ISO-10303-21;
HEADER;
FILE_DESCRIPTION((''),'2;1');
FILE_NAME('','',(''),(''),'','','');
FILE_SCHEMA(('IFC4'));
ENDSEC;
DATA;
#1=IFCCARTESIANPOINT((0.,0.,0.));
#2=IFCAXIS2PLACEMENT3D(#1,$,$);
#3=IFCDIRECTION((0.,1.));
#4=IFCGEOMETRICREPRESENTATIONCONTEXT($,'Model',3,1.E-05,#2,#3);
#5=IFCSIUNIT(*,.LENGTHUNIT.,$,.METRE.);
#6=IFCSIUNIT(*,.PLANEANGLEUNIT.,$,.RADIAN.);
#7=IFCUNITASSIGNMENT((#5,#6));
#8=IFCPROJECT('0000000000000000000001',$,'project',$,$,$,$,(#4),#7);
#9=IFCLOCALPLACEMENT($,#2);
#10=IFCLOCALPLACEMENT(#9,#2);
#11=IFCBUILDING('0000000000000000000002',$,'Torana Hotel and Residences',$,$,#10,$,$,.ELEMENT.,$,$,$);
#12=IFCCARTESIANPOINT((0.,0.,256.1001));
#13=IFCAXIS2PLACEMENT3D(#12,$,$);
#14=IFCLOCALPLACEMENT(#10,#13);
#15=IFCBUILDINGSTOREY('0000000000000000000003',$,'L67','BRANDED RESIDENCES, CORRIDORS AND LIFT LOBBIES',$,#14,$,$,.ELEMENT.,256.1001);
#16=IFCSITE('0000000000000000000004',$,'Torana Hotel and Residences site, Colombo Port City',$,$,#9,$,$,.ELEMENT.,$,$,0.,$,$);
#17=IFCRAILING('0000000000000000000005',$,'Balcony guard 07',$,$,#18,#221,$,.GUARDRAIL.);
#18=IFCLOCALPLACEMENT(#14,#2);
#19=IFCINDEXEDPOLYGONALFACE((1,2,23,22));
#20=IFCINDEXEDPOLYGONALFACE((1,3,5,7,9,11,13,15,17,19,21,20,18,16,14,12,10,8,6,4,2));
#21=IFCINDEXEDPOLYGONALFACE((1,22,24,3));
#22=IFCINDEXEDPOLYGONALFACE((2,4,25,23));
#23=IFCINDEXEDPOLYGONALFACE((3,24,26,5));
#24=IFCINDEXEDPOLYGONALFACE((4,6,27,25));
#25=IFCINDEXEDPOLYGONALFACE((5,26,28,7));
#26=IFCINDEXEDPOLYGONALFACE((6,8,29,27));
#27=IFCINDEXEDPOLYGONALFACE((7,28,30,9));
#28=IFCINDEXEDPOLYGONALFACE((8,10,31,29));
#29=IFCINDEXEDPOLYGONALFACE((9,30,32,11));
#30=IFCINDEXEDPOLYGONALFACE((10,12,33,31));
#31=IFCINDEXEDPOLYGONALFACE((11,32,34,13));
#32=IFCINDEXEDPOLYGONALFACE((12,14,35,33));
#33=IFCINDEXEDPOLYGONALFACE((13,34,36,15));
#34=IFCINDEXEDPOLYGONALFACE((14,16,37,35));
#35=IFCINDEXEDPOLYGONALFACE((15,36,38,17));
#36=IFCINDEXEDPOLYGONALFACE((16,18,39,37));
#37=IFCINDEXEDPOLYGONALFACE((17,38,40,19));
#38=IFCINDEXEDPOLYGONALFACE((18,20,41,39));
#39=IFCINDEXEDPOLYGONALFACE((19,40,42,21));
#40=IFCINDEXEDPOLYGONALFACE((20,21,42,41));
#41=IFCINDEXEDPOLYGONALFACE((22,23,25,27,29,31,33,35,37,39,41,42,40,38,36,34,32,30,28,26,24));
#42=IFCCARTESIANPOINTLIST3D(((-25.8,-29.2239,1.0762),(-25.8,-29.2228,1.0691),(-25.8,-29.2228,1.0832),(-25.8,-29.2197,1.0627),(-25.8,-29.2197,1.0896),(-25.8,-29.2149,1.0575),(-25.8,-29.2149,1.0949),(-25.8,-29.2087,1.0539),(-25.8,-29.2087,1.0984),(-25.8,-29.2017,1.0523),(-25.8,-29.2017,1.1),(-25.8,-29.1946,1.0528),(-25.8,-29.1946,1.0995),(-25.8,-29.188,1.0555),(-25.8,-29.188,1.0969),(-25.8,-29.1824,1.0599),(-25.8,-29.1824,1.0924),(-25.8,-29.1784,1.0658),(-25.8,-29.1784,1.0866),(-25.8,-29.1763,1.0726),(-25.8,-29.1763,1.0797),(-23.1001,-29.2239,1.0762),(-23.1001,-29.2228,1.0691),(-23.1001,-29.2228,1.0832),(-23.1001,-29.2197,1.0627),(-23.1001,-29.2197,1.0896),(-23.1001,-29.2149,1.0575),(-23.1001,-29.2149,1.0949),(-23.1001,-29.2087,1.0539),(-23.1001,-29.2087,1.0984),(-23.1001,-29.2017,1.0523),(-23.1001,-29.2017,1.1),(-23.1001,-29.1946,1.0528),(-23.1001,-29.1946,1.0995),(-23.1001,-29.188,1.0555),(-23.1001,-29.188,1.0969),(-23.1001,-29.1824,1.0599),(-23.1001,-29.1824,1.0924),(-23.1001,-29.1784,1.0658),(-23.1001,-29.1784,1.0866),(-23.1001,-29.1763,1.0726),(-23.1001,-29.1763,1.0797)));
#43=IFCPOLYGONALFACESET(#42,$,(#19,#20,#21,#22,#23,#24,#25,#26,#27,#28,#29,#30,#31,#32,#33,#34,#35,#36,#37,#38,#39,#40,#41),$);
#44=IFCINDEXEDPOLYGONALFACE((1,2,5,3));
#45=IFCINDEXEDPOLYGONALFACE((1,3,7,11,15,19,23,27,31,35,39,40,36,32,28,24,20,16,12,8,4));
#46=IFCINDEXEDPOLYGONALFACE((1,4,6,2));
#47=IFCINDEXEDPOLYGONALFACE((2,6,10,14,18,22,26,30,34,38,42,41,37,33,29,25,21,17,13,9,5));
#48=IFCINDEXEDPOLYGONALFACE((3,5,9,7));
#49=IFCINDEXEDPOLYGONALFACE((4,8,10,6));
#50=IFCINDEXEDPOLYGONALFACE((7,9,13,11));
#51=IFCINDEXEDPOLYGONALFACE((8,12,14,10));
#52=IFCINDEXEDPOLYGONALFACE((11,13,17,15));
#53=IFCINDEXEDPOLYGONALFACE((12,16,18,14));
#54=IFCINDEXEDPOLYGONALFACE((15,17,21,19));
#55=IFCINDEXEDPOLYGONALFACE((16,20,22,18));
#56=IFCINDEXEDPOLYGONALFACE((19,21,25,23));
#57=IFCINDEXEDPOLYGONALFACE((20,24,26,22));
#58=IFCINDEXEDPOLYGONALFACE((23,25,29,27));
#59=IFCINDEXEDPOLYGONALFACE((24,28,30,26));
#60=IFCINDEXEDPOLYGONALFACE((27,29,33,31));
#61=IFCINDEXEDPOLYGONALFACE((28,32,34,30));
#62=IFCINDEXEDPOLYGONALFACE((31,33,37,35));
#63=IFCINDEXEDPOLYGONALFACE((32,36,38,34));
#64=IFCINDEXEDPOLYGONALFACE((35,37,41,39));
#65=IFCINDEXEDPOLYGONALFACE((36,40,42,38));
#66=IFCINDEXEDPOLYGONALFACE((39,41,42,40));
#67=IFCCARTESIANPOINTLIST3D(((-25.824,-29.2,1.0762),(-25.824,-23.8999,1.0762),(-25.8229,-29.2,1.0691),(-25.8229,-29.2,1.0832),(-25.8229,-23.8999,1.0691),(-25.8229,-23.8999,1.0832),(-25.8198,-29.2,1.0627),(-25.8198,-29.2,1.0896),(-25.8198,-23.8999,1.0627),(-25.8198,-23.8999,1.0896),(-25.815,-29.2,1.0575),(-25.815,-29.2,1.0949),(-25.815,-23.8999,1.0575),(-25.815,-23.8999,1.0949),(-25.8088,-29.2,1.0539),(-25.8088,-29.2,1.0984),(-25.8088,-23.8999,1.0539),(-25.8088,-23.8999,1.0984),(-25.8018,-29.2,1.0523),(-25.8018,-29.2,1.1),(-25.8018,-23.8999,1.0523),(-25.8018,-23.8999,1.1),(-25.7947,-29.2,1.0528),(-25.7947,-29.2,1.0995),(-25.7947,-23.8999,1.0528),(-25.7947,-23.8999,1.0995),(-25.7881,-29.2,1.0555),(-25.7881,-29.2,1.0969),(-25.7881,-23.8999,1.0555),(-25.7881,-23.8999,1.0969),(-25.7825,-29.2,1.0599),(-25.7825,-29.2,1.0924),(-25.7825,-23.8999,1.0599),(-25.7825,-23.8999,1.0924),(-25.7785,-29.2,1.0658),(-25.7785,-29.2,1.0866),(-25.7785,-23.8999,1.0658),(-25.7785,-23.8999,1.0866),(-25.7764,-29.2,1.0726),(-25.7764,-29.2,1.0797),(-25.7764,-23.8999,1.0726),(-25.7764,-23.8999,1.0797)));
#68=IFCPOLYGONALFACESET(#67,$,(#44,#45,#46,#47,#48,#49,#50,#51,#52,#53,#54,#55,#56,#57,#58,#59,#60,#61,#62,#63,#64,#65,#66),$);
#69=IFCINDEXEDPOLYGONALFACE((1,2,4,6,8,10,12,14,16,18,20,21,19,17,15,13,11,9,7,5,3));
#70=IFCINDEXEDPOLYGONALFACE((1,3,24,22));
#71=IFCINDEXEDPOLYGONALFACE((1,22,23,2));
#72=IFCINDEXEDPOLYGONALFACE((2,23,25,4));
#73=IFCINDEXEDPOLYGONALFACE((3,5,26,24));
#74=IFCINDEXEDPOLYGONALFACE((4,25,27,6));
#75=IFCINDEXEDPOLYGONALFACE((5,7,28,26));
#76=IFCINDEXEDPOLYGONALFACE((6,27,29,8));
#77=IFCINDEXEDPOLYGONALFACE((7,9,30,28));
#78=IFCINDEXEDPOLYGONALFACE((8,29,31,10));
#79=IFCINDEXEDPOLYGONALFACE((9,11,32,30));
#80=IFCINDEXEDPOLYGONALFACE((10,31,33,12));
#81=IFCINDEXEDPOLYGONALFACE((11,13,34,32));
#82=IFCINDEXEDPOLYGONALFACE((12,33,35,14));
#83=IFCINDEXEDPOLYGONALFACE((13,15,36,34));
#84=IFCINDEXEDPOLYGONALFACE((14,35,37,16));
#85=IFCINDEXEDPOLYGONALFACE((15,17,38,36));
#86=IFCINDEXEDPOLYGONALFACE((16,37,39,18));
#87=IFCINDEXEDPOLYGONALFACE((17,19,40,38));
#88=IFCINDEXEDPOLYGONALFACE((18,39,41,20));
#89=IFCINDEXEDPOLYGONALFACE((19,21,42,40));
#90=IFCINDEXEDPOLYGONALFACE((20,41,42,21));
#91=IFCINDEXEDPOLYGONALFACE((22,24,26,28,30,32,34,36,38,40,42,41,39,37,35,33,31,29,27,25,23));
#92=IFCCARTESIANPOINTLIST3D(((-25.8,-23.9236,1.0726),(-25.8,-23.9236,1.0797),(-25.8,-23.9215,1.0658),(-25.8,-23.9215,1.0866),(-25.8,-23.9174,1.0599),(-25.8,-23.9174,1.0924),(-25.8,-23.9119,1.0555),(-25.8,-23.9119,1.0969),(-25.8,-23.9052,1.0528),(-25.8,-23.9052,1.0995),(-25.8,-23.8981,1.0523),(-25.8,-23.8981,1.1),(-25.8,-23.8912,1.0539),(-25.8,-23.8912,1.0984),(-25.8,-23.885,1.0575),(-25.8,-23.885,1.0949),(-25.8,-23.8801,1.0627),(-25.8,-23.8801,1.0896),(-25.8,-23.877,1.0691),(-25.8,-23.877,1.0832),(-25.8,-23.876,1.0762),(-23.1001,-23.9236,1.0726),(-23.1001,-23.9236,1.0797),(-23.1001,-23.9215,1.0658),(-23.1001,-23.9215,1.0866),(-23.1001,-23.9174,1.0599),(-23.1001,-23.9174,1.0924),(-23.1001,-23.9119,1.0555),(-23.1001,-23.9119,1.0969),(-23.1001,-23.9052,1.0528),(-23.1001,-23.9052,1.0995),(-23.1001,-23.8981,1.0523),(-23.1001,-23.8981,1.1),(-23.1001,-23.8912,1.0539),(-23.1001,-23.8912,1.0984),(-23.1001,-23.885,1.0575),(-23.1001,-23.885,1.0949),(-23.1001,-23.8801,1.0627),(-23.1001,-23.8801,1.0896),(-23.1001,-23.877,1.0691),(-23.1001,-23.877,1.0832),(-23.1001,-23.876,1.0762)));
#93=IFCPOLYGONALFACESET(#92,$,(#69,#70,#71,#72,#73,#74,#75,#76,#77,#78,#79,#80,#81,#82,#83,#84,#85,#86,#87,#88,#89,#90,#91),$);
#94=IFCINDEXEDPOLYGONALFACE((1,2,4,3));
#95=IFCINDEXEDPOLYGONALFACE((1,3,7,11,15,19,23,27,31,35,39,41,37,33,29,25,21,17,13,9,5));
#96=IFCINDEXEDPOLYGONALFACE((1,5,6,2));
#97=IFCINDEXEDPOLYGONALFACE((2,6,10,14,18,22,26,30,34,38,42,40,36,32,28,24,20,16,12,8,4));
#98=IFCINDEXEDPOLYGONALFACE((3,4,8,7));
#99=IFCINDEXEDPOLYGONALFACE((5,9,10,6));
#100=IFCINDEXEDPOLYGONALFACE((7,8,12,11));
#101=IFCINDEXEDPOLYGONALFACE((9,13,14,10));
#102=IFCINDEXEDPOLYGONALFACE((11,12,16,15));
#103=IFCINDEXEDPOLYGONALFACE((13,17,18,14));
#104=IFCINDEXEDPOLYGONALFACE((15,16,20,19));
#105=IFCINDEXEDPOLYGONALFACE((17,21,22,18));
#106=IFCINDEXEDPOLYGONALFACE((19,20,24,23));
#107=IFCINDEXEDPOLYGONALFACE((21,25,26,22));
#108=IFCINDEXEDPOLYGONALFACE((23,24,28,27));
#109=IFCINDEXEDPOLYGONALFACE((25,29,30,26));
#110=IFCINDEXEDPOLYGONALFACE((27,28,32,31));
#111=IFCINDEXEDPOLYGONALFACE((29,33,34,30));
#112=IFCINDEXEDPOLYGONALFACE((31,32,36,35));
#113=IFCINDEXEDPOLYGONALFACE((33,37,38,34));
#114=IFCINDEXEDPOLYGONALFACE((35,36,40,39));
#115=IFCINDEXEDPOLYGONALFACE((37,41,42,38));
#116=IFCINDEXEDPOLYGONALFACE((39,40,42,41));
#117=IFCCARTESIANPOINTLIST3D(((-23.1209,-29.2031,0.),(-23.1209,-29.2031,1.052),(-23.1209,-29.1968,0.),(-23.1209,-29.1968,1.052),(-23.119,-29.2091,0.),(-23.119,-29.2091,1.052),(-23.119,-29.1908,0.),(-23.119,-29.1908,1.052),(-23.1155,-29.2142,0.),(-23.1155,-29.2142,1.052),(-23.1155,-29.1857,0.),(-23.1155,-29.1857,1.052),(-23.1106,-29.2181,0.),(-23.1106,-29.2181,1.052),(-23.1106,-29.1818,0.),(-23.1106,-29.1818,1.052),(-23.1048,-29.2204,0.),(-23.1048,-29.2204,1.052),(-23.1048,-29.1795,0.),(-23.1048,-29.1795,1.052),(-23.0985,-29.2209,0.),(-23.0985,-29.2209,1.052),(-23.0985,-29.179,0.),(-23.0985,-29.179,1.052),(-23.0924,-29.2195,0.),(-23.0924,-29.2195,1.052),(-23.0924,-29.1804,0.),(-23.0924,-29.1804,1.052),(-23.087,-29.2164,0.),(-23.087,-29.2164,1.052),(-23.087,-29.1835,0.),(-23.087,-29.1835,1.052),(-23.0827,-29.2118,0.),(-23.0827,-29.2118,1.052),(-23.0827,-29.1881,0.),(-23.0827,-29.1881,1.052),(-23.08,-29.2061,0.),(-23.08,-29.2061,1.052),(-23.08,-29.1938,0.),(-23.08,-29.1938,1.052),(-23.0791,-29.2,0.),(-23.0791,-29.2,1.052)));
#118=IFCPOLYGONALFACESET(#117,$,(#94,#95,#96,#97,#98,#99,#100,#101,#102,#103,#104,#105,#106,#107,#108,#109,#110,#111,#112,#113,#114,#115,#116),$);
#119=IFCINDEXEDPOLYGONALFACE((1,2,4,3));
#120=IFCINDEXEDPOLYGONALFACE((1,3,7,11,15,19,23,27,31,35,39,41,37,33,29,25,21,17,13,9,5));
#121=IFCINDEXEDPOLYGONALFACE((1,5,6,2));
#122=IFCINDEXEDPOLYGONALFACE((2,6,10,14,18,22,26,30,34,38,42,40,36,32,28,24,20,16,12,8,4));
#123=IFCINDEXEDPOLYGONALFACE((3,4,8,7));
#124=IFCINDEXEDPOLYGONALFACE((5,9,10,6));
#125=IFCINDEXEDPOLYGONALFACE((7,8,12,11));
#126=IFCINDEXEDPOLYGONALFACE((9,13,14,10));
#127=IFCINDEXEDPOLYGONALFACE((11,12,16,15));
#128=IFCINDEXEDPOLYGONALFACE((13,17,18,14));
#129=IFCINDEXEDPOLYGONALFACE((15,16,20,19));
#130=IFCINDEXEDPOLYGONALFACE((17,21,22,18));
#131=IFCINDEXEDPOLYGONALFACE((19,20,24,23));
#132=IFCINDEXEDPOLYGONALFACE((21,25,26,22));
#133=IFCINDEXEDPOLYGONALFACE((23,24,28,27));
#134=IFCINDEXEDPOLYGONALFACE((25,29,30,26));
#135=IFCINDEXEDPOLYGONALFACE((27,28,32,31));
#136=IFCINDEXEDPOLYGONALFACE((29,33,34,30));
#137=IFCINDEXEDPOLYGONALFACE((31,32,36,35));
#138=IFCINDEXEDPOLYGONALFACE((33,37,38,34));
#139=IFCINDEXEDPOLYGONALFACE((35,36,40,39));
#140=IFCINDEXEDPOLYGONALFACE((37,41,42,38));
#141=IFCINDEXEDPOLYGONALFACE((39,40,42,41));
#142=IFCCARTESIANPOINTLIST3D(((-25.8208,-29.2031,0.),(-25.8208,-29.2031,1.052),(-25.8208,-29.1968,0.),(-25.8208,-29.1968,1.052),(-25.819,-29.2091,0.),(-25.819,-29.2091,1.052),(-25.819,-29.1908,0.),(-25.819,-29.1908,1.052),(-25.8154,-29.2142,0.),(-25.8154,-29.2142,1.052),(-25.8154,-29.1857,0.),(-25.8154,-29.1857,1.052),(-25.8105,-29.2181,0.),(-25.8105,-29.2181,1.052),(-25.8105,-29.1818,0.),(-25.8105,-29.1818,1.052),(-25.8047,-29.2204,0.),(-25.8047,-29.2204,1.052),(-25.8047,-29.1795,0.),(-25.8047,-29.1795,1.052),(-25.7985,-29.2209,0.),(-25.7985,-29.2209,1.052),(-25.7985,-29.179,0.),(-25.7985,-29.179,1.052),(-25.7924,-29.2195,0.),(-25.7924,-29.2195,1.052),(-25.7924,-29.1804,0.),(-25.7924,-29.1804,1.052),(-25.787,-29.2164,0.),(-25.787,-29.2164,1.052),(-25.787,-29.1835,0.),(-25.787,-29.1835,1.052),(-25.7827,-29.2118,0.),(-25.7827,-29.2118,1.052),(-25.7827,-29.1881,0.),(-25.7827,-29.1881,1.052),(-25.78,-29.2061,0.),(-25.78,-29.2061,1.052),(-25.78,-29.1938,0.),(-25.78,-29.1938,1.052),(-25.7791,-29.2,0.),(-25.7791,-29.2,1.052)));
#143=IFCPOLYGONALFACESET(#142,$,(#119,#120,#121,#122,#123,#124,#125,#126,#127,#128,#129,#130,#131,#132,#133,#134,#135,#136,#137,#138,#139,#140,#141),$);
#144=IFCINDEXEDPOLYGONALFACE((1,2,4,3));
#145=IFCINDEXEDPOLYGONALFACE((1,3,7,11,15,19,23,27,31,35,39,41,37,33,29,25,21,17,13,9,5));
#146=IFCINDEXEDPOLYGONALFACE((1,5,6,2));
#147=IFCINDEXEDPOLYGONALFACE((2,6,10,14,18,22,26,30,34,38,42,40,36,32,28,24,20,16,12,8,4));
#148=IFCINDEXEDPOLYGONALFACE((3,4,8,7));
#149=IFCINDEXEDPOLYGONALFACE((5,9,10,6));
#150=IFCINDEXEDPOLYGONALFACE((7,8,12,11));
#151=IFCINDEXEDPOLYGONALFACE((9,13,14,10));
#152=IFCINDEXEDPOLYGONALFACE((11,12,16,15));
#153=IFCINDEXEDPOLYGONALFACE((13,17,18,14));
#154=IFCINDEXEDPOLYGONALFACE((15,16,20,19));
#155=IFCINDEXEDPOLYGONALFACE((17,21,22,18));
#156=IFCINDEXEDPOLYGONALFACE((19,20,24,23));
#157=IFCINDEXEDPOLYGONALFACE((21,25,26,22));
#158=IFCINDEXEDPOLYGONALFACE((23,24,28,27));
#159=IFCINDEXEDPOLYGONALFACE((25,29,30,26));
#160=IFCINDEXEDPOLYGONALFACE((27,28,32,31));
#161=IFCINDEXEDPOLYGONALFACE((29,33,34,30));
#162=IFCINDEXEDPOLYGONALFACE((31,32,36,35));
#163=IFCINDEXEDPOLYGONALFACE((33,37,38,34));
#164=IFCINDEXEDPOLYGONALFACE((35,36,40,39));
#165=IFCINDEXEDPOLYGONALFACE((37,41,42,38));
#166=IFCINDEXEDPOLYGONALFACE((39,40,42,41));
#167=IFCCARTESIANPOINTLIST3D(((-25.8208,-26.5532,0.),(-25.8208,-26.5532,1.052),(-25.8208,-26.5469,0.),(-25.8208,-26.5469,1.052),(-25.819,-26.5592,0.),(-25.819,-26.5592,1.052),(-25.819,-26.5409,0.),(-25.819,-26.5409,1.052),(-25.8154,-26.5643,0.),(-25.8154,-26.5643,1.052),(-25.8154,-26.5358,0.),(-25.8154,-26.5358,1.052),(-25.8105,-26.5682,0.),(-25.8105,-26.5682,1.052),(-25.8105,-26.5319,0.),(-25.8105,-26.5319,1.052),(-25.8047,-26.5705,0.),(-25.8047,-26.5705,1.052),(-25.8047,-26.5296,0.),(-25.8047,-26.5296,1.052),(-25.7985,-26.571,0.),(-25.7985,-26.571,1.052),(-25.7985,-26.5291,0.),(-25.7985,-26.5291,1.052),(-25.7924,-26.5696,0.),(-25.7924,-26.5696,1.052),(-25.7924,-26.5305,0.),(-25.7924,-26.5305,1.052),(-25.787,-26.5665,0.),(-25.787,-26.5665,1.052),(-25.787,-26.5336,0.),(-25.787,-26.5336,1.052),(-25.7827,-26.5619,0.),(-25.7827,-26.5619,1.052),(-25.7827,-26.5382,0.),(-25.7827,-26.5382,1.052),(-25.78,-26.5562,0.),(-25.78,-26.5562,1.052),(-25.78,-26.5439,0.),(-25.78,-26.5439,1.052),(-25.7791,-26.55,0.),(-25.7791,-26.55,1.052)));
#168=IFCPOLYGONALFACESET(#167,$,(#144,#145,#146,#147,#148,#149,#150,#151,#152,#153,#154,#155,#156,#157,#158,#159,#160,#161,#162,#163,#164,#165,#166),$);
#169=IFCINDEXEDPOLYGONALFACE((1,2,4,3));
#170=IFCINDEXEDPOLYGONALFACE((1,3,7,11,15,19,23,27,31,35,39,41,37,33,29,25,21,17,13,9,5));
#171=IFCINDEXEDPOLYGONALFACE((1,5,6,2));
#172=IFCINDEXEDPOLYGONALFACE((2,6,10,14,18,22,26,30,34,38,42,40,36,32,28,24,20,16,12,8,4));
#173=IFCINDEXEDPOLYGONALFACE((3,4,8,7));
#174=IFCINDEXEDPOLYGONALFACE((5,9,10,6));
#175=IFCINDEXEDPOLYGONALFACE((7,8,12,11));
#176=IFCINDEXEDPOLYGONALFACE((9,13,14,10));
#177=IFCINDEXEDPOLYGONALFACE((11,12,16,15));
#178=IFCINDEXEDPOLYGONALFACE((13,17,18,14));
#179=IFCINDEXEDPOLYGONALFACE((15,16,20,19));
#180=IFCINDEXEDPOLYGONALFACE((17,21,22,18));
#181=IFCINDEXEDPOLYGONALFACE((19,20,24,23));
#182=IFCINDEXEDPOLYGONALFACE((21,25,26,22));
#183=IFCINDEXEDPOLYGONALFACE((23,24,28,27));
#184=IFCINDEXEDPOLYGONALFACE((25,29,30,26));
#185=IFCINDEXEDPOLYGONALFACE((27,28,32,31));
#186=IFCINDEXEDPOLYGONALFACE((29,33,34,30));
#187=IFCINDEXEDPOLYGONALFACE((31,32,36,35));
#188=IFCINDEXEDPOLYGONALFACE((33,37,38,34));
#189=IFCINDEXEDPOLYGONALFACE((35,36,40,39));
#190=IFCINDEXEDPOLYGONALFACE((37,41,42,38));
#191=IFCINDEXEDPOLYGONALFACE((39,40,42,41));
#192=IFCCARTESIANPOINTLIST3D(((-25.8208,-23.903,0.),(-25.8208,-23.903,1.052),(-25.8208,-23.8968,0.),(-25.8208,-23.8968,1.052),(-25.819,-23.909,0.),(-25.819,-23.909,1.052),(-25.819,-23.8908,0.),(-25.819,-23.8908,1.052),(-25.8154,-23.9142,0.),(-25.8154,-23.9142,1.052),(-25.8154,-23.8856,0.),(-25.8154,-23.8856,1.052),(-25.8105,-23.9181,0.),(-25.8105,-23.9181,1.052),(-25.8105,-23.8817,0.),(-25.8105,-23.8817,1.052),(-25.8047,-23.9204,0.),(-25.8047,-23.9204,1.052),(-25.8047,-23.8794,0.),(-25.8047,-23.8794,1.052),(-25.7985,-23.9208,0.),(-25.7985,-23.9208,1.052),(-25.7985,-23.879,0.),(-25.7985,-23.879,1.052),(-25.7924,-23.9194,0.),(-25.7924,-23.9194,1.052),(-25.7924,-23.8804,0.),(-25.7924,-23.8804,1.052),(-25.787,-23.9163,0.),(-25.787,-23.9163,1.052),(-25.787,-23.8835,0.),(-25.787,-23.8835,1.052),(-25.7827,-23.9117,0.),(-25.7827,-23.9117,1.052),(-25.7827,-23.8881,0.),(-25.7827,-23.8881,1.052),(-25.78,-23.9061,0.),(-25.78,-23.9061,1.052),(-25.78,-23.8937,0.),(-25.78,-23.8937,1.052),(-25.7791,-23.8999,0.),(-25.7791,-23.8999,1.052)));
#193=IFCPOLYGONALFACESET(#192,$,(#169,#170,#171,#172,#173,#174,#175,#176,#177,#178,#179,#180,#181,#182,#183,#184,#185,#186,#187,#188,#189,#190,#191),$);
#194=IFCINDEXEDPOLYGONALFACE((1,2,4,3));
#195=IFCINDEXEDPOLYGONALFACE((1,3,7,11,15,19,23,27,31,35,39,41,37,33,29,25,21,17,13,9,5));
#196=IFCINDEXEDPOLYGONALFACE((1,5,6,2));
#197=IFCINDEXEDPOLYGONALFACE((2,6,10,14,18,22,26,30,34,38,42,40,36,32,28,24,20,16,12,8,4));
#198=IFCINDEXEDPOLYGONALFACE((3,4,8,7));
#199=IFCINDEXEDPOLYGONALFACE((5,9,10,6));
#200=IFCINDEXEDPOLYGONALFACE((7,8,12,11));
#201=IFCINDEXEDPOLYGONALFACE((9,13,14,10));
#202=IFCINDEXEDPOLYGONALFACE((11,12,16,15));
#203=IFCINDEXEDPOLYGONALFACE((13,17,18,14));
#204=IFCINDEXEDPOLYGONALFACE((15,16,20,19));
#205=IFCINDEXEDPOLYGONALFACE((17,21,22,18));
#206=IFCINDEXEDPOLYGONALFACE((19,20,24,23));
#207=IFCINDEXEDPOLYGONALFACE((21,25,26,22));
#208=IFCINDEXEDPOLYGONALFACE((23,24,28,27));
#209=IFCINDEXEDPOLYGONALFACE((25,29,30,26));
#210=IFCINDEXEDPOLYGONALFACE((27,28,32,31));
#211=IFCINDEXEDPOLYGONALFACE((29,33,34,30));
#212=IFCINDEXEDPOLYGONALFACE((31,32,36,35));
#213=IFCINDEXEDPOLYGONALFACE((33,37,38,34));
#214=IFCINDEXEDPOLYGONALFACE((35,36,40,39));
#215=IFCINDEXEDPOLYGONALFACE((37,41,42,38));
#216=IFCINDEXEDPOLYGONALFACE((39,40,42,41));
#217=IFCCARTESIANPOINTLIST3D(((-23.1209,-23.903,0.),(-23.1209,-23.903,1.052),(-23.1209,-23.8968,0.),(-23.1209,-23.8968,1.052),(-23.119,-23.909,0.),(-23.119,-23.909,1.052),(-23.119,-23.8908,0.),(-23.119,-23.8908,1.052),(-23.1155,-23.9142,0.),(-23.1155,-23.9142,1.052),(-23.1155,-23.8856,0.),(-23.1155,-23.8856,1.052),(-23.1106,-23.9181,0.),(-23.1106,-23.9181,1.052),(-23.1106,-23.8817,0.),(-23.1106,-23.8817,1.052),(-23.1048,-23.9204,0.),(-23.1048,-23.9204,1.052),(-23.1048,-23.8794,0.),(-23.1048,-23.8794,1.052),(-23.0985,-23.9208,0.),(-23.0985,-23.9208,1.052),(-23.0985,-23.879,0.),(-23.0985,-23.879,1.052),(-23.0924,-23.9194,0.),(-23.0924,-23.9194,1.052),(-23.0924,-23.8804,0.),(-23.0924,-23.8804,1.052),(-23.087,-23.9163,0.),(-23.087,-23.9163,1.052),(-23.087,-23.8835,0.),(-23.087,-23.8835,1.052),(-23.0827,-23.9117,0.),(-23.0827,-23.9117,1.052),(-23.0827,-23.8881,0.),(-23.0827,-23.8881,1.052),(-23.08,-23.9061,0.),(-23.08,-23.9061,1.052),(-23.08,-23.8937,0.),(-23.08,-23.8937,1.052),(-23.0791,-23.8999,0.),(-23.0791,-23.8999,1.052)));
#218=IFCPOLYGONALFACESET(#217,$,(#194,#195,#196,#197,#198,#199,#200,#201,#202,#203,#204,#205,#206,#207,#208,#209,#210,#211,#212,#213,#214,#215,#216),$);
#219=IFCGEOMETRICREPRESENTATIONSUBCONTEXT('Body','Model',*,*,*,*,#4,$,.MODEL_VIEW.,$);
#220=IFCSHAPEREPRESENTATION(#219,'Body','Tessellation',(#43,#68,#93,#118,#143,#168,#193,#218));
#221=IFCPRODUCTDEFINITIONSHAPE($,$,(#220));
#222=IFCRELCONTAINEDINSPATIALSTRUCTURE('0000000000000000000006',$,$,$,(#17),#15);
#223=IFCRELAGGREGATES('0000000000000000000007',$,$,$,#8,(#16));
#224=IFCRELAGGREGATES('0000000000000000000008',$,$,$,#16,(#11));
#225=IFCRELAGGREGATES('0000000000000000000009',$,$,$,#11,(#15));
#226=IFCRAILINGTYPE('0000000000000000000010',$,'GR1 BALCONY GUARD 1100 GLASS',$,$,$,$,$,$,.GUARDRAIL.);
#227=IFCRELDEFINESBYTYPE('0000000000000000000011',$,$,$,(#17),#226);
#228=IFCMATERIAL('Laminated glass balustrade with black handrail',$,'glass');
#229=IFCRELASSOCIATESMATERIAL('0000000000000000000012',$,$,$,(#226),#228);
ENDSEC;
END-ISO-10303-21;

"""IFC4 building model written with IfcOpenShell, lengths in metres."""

from ifc_helpers import new_model, si_unit, direction, frame, origin, origin_2d, place, context, subcontext, project, spatial, circle, extrude, material, type_object, element, save


model = new_model("IFC4")

# Units and contexts
model_context = context("Model", 3, precision=1e-05, world=origin(), true_north=direction((0.0, 1.0)))
body_context = subcontext(model_context, "Body", "Model", "MODEL_VIEW")
ifc_project = project(units=[si_unit("LENGTHUNIT", "METRE"), si_unit("PLANEANGLEUNIT", "RADIAN")], contexts=[model_context])

# Site, building, storey
site_placement = place(None, origin())
site = spatial("IfcSite", under=ifc_project, at=site_placement, Name="Torana Hotel and Residences site, Colombo Port City", CompositionType="ELEMENT", RefElevation=0.0)
building_placement = place(site_placement, origin())
building = spatial("IfcBuilding", under=site, at=building_placement, Name="Torana Hotel and Residences", CompositionType="ELEMENT")
storey_placement = place(building_placement, frame((0.0, 0.0, 256.1001)))
storey = spatial("IfcBuildingStorey", under=building, at=storey_placement, Name="L67", Description="BRANDED RESIDENCES, CORRIDORS AND LIFT LOBBIES", CompositionType="ELEMENT", Elevation=256.1001)

# Railing
ifc_material_1 = material(Name="Laminated glass balustrade with black handrail", Category="glass")
railing_type = type_object("IfcRailingType", Name="GR1 BALCONY GUARD 1100 GLASS", PredefinedType="GUARDRAIL", material=ifc_material_1)
railing_placement = place(storey_placement, frame((-23.1001, -29.2, 0.0)))
element("IfcRailing", 1, at=railing_placement, inside=storey, type_object=railing_type, Name="Balcony guard 07", PredefinedType="GUARDRAIL", context=body_context, shape_type="SweptSolid", body=[
    extrude(circle(Radius=0.0239, at=origin_2d()), frame((0.0, 0.0, 1.0762), z_axis=(-1.0, 0.0, 0.0), x_axis=(0.0, -1.0, 0.0)), (0.0, 0.0, 1.0), 2.7),
    extrude(circle(Radius=0.0239, at=origin_2d()), frame((-2.7, 0.0, 1.0762), z_axis=(0.0, 1.0, 0.0), x_axis=(-1.0, 0.0, 0.0)), (0.0, 0.0, 1.0), 5.3),
    extrude(circle(Radius=0.0239, at=origin_2d()), frame((-2.7, 5.3, 1.0762), z_axis=(1.0, 0.0, 0.0), x_axis=(0.0, 1.0, 0.0)), (0.0, 0.0, 1.0), 2.7),
    extrude(circle(Radius=0.021, at=origin_2d()), origin(), (0.0, 0.0, 1.0), 1.052),
    extrude(circle(Radius=0.021, at=origin_2d()), frame((-2.7, 0.0, 0.0)), (0.0, 0.0, 1.0), 1.052),
    extrude(circle(Radius=0.021, at=origin_2d()), frame((-2.7, 2.6499, 0.0)), (0.0, 0.0, 1.0), 1.052),
    extrude(circle(Radius=0.021, at=origin_2d()), frame((-2.7, 5.3, 0.0)), (0.0, 0.0, 1.0), 1.052),
    extrude(circle(Radius=0.021, at=origin_2d()), frame((0.0, 5.3, 0.0)), (0.0, 0.0, 1.0), 1.052),
])

save(model, "model.ifc")
